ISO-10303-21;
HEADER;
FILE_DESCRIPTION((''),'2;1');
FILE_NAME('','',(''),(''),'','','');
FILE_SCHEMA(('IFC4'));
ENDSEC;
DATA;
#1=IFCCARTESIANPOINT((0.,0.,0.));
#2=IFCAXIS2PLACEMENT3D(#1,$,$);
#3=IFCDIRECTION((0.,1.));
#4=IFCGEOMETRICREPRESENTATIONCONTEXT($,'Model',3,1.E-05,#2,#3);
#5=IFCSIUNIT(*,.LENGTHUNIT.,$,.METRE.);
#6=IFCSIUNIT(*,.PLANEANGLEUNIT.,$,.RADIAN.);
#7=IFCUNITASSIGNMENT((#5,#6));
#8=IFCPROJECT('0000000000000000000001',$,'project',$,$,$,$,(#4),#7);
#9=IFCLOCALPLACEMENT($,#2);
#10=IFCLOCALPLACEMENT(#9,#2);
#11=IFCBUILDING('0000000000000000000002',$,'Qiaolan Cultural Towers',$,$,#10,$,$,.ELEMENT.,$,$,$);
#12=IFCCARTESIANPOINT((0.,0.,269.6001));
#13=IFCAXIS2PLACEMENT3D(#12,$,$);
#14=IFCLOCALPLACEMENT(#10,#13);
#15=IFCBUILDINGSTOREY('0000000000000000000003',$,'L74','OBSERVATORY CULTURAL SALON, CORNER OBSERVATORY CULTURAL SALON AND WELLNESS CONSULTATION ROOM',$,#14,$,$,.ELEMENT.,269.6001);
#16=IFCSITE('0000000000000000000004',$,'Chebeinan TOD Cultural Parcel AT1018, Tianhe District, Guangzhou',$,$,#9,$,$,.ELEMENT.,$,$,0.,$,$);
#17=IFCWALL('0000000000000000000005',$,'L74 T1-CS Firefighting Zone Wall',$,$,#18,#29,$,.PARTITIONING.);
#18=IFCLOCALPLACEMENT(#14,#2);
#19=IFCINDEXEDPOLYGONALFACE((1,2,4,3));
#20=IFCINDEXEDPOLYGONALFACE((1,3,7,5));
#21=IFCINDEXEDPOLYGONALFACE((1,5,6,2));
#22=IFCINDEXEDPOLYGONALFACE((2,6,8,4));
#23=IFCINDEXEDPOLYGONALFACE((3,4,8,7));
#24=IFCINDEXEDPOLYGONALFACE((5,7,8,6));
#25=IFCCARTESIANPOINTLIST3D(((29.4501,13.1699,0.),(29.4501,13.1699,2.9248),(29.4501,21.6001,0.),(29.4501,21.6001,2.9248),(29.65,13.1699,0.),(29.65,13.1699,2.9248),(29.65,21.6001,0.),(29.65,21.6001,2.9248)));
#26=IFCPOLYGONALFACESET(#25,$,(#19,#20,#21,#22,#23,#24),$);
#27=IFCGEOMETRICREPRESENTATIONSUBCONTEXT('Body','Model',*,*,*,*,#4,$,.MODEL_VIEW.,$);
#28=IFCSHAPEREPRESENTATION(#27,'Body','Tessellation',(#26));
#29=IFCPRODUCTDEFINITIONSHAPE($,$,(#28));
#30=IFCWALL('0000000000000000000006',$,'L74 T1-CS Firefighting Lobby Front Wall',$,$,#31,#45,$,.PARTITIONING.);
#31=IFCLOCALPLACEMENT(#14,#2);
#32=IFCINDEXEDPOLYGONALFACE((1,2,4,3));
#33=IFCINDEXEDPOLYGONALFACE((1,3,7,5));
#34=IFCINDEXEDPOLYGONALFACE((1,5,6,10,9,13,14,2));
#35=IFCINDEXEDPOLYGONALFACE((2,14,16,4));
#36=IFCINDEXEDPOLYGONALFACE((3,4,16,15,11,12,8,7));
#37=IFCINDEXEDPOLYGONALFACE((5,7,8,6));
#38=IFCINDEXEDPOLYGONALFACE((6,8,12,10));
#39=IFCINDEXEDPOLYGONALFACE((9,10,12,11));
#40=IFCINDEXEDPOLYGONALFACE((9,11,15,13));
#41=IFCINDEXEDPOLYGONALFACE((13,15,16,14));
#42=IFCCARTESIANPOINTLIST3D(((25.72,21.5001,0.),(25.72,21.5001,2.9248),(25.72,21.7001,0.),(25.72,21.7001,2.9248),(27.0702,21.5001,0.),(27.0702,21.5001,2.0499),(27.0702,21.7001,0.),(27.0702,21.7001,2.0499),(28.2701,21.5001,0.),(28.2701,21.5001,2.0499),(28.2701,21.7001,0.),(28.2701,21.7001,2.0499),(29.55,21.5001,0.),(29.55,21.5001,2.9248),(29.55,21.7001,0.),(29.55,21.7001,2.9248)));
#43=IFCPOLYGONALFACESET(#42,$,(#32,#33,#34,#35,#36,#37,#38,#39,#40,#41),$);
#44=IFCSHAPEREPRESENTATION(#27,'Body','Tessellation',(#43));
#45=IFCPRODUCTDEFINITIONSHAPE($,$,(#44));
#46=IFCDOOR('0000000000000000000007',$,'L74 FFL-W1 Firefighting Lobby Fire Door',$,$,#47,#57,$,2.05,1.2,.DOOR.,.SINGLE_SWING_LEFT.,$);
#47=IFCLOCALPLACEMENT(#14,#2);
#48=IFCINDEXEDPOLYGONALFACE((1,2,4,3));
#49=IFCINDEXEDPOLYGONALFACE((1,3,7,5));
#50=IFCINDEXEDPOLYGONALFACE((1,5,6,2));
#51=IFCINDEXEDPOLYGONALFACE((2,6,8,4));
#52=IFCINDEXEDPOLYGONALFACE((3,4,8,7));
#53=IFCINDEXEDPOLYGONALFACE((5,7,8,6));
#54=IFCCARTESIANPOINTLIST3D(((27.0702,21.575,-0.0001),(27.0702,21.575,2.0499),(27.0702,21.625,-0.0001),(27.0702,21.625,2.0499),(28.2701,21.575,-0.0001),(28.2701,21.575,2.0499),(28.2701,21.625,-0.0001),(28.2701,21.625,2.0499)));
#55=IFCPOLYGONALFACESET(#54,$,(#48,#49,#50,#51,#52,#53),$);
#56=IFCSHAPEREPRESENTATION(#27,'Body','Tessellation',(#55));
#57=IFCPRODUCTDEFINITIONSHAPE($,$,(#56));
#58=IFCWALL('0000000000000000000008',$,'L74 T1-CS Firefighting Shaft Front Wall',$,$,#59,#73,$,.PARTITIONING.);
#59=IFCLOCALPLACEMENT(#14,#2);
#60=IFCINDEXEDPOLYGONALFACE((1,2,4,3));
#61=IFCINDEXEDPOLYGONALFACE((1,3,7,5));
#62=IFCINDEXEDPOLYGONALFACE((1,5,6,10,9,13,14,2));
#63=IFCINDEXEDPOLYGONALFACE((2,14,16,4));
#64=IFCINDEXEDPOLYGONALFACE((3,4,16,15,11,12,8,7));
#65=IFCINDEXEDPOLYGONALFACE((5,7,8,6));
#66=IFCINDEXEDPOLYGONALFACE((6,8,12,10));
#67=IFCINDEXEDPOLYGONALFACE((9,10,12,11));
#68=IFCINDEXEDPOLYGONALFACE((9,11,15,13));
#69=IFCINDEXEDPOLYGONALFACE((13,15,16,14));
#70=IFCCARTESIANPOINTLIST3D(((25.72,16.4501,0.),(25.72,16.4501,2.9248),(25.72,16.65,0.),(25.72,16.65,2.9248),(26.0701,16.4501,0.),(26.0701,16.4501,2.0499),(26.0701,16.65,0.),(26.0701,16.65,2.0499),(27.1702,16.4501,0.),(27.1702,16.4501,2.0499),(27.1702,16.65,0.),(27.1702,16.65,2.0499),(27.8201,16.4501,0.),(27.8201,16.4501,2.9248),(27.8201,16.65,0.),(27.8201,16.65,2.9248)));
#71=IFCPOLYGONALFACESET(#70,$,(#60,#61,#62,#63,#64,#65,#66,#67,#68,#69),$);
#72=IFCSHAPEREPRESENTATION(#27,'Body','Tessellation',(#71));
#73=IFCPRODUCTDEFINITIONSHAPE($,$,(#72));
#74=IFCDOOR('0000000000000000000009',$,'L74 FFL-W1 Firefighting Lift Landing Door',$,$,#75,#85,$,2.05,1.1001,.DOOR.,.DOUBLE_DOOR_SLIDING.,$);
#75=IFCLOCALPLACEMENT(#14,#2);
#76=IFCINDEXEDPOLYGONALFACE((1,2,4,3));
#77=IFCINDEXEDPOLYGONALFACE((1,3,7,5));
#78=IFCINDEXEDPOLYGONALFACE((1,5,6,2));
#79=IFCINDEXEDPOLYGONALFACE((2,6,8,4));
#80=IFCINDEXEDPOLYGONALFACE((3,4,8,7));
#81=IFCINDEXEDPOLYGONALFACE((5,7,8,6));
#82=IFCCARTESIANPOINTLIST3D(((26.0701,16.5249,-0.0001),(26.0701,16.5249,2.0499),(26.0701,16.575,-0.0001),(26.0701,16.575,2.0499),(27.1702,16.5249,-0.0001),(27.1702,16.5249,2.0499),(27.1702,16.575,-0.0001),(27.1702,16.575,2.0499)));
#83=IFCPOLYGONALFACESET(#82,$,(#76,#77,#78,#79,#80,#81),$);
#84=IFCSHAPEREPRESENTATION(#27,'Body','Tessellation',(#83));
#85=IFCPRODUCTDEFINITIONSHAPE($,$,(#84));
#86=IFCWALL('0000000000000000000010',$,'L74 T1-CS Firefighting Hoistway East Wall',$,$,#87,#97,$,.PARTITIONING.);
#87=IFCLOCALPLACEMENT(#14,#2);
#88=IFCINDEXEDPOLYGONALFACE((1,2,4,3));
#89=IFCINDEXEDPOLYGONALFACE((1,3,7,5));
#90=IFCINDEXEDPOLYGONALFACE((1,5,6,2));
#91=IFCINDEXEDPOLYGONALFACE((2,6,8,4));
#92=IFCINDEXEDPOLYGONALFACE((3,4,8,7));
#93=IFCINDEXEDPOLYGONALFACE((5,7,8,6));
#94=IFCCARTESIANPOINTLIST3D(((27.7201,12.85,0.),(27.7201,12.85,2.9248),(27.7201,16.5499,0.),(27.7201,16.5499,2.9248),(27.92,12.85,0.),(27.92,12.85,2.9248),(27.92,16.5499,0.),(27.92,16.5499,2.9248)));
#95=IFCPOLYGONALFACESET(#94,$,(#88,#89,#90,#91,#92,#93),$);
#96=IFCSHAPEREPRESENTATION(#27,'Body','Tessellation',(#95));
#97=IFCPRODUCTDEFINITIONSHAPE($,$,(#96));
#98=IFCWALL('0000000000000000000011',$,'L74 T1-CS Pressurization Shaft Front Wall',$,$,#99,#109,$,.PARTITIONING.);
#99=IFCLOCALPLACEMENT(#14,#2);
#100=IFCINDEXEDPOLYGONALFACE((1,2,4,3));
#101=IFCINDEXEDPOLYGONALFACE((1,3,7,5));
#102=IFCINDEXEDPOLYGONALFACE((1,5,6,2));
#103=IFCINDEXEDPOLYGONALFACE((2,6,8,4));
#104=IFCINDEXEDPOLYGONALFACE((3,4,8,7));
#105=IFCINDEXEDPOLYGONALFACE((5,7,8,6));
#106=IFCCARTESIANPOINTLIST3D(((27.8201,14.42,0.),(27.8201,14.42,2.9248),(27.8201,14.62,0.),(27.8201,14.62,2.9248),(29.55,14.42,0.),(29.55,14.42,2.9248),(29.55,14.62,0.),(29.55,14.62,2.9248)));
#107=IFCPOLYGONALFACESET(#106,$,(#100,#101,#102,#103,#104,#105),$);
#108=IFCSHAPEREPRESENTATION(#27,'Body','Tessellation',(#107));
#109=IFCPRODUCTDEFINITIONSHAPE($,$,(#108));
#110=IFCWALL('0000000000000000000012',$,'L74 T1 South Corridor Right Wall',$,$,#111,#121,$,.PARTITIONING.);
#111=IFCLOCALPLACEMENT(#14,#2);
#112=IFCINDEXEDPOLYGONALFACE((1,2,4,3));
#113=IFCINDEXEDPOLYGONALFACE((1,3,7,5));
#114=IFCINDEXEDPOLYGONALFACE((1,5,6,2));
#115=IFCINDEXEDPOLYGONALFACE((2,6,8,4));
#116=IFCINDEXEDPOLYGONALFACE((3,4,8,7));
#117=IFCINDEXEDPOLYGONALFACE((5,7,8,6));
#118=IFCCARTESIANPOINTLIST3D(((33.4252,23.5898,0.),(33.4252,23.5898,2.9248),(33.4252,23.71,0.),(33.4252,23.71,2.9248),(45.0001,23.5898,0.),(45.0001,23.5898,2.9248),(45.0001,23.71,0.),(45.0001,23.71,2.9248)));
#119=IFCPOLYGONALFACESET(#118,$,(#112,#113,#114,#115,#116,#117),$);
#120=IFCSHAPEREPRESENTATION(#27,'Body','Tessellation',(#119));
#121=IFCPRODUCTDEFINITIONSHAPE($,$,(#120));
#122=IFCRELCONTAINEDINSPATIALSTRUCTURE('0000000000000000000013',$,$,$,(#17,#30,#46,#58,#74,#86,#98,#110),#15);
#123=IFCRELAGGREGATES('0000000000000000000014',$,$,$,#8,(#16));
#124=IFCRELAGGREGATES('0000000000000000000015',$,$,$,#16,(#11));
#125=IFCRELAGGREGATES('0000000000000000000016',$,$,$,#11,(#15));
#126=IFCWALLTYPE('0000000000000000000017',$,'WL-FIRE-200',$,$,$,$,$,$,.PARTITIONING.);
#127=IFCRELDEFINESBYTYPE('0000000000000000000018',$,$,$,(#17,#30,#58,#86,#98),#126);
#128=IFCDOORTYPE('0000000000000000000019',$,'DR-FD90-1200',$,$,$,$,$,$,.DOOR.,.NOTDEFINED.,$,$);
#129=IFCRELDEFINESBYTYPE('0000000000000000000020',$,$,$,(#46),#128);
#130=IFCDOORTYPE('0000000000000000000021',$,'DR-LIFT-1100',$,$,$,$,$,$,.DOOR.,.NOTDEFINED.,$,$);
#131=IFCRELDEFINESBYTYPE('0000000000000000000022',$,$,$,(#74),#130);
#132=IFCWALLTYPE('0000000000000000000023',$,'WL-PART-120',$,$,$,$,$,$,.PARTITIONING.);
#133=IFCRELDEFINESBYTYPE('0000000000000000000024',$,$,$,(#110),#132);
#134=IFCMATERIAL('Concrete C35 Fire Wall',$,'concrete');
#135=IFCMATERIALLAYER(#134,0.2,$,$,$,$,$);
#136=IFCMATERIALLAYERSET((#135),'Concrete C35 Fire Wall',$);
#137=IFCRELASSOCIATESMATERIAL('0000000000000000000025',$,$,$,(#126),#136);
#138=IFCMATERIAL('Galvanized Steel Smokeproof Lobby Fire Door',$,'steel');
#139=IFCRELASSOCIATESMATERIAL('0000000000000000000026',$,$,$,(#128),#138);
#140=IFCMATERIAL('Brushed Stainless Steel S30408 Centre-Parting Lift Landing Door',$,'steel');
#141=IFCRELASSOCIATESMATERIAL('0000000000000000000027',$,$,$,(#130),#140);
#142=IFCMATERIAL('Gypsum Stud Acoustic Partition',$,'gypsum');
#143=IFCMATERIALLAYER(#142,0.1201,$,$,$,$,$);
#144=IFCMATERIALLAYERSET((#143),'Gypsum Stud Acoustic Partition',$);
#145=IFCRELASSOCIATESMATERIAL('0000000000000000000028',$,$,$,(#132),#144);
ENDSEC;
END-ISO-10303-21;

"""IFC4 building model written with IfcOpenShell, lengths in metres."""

from ifc_helpers import new_model, si_unit, direction, frame, frame_2d, origin, place, context, subcontext, project, spatial, rectangle, extrude, material, layer, layer_set, type_object, element, fill, save


model = new_model("IFC4")

# Units and contexts
model_context = context("Model", 3, precision=1e-05, world=origin(), true_north=direction((0.0, 1.0)))
body_context = subcontext(model_context, "Body", "Model", "MODEL_VIEW")
ifc_project = project(units=[si_unit("LENGTHUNIT", "METRE"), si_unit("PLANEANGLEUNIT", "RADIAN")], contexts=[model_context])

# Site, building, storey
site_placement = place(None, origin())
site = spatial("IfcSite", under=ifc_project, at=site_placement, Name="Chebeinan TOD Cultural Parcel AT1018, Tianhe District, Guangzhou", CompositionType="ELEMENT", RefElevation=0.0)
building_placement = place(site_placement, origin())
building = spatial("IfcBuilding", under=site, at=building_placement, Name="Qiaolan Cultural Towers", CompositionType="ELEMENT")
storey_placement = place(building_placement, frame((0.0, 0.0, 269.6001)))
storey = spatial("IfcBuildingStorey", under=building, at=storey_placement, Name="L74", Description="OBSERVATORY CULTURAL SALON, CORNER OBSERVATORY CULTURAL SALON AND WELLNESS CONSULTATION ROOM", CompositionType="ELEMENT", Elevation=269.6001)

# Shared definitions
ifc_material_1 = material(Name="Concrete C35 Fire Wall", Category="concrete")
ifc_layer_1 = layer(ifc_material_1, 0.2)
ifc_layer_set_1 = layer_set([ifc_layer_1], Name="Concrete C35 Fire Wall")
wall_type_1 = type_object("IfcWallType", Name="WL-FIRE-200", PredefinedType="PARTITIONING", material=ifc_layer_set_1)

# Wall
wall_1_placement = place(storey_placement, frame((29.55, 21.6001, 0.0), z_axis=(0.0, 0.0, 1.0), x_axis=(0.0, -1.0, 0.0)))
element("IfcWall", 1, at=wall_1_placement, inside=storey, type_object=wall_type_1, Name="L74 T1-CS Firefighting Zone Wall", PredefinedType="PARTITIONING", context=body_context, shape_type="SweptSolid", body=[
    extrude(rectangle(XDim=8.4302, YDim=0.2, at=frame_2d((4.2151, 0.0))), origin(), (0.0, 0.0, 1.0), 2.9248),
])

# Walls, openings, doors
wall_2_placement = place(storey_placement, frame((25.72, 21.6001, 0.0), z_axis=(0.0, 0.0, 1.0), x_axis=(1.0, 0.0, 0.0)))
wall_2 = element("IfcWall", 2, at=wall_2_placement, inside=storey, type_object=wall_type_1, Name="L74 T1-CS Firefighting Lobby Front Wall", PredefinedType="PARTITIONING", context=body_context, shape_type="SweptSolid", body=[
    extrude(rectangle(XDim=3.8301, YDim=0.2, at=frame_2d((1.915, 0.0))), origin(), (0.0, 0.0, 1.0), 2.9248),
])
opening_1_placement = place(wall_2_placement, frame((1.3501, 0.0, 0.0)))
opening_1 = element("IfcOpeningElement", 3, at=opening_1_placement, cuts=wall_2, PredefinedType="OPENING", context=body_context, shape_type="SweptSolid", body=[
    extrude(rectangle(XDim=1.2, YDim=2.05, at=frame_2d((0.6001, 1.0249))), frame((0.0, 0.1099, 0.0), z_axis=(0.0, -1.0, 0.0), x_axis=(1.0, 0.0, 0.0)), (0.0, 0.0, 1.0), 0.22),
])
ifc_material_2 = material(Name="Galvanized Steel Smokeproof Lobby Fire Door", Category="steel")
door_type_1 = type_object("IfcDoorType", Name="DR-FD90-1200", OperationType="NOTDEFINED", PredefinedType="DOOR", material=ifc_material_2)
door_1_placement = place(opening_1_placement, origin())
door_1 = element("IfcDoor", 4, at=door_1_placement, inside=storey, type_object=door_type_1, Name="L74 FFL-W1 Firefighting Lobby Fire Door", OperationType="SINGLE_SWING_LEFT", OverallHeight=2.05, OverallWidth=1.2, PredefinedType="DOOR", context=body_context, shape_type="SweptSolid", body=[
    extrude(rectangle(XDim=1.2, YDim=2.05, at=frame_2d((0.6001, 1.0249))), frame((0.0, 0.0249, 0.0), z_axis=(0.0, -1.0, 0.0), x_axis=(1.0, 0.0, 0.0)), (0.0, 0.0, 1.0), 0.05),
])
fill(opening_1, door_1)
wall_3_placement = place(storey_placement, frame((25.72, 16.55, 0.0), z_axis=(0.0, 0.0, 1.0), x_axis=(1.0, 0.0, 0.0)))
wall_3 = element("IfcWall", 5, at=wall_3_placement, inside=storey, type_object=wall_type_1, Name="L74 T1-CS Firefighting Shaft Front Wall", PredefinedType="PARTITIONING", context=body_context, shape_type="SweptSolid", body=[
    extrude(rectangle(XDim=2.1001, YDim=0.2, at=frame_2d((1.05, 0.0))), origin(), (0.0, 0.0, 1.0), 2.9248),
])
opening_2_placement = place(wall_3_placement, frame((0.3501, 0.0, 0.0)))
opening_2 = element("IfcOpeningElement", 6, at=opening_2_placement, cuts=wall_3, PredefinedType="OPENING", context=body_context, shape_type="SweptSolid", body=[
    extrude(rectangle(XDim=1.1001, YDim=2.05, at=frame_2d((0.55, 1.0249))), frame((0.0, 0.1099, 0.0), z_axis=(0.0, -1.0, 0.0), x_axis=(1.0, 0.0, 0.0)), (0.0, 0.0, 1.0), 0.22),
])
ifc_material_3 = material(Name="Brushed Stainless Steel S30408 Centre-Parting Lift Landing Door", Category="steel")
door_type_2 = type_object("IfcDoorType", Name="DR-LIFT-1100", OperationType="NOTDEFINED", PredefinedType="DOOR", material=ifc_material_3)
door_2_placement = place(opening_2_placement, origin())
door_2 = element("IfcDoor", 7, at=door_2_placement, inside=storey, type_object=door_type_2, Name="L74 FFL-W1 Firefighting Lift Landing Door", OperationType="DOUBLE_DOOR_SLIDING", OverallHeight=2.05, OverallWidth=1.1001, PredefinedType="DOOR", context=body_context, shape_type="SweptSolid", body=[
    extrude(rectangle(XDim=1.1001, YDim=2.05, at=frame_2d((0.55, 1.0249))), frame((0.0, 0.0249, 0.0), z_axis=(0.0, -1.0, 0.0), x_axis=(1.0, 0.0, 0.0)), (0.0, 0.0, 1.0), 0.05),
])
fill(opening_2, door_2)

# Walls
wall_4_placement = place(storey_placement, frame((27.8201, 16.55, 0.0), z_axis=(0.0, 0.0, 1.0), x_axis=(0.0, -1.0, 0.0)))
element("IfcWall", 8, at=wall_4_placement, inside=storey, type_object=wall_type_1, Name="L74 T1-CS Firefighting Hoistway East Wall", PredefinedType="PARTITIONING", context=body_context, shape_type="SweptSolid", body=[
    extrude(rectangle(XDim=3.7, YDim=0.2, at=frame_2d((1.8501, 0.0))), origin(), (0.0, 0.0, 1.0), 2.9248),
])
wall_5_placement = place(storey_placement, frame((27.8201, 14.52, 0.0), z_axis=(0.0, 0.0, 1.0), x_axis=(1.0, 0.0, 0.0)))
element("IfcWall", 9, at=wall_5_placement, inside=storey, type_object=wall_type_1, Name="L74 T1-CS Pressurization Shaft Front Wall", PredefinedType="PARTITIONING", context=body_context, shape_type="SweptSolid", body=[
    extrude(rectangle(XDim=1.73, YDim=0.2, at=frame_2d((0.865, 0.0))), origin(), (0.0, 0.0, 1.0), 2.9248),
])
ifc_material_4 = material(Name="Gypsum Stud Acoustic Partition", Category="gypsum")
ifc_layer_2 = layer(ifc_material_4, 0.1201)
ifc_layer_set_2 = layer_set([ifc_layer_2], Name="Gypsum Stud Acoustic Partition")
wall_type_2 = type_object("IfcWallType", Name="WL-PART-120", PredefinedType="PARTITIONING", material=ifc_layer_set_2)
wall_6_placement = place(storey_placement, frame((33.425, 23.6499, 0.0), z_axis=(0.0, 0.0, 1.0), x_axis=(1.0, 0.0, 0.0)))
element("IfcWall", 10, at=wall_6_placement, inside=storey, type_object=wall_type_2, Name="L74 T1 South Corridor Right Wall", PredefinedType="PARTITIONING", context=body_context, shape_type="SweptSolid", body=[
    extrude(rectangle(XDim=11.575, YDim=0.1201, at=frame_2d((5.7876, 0.0))), origin(), (0.0, 0.0, 1.0), 2.9248),
])

save(model, "model.ifc")
